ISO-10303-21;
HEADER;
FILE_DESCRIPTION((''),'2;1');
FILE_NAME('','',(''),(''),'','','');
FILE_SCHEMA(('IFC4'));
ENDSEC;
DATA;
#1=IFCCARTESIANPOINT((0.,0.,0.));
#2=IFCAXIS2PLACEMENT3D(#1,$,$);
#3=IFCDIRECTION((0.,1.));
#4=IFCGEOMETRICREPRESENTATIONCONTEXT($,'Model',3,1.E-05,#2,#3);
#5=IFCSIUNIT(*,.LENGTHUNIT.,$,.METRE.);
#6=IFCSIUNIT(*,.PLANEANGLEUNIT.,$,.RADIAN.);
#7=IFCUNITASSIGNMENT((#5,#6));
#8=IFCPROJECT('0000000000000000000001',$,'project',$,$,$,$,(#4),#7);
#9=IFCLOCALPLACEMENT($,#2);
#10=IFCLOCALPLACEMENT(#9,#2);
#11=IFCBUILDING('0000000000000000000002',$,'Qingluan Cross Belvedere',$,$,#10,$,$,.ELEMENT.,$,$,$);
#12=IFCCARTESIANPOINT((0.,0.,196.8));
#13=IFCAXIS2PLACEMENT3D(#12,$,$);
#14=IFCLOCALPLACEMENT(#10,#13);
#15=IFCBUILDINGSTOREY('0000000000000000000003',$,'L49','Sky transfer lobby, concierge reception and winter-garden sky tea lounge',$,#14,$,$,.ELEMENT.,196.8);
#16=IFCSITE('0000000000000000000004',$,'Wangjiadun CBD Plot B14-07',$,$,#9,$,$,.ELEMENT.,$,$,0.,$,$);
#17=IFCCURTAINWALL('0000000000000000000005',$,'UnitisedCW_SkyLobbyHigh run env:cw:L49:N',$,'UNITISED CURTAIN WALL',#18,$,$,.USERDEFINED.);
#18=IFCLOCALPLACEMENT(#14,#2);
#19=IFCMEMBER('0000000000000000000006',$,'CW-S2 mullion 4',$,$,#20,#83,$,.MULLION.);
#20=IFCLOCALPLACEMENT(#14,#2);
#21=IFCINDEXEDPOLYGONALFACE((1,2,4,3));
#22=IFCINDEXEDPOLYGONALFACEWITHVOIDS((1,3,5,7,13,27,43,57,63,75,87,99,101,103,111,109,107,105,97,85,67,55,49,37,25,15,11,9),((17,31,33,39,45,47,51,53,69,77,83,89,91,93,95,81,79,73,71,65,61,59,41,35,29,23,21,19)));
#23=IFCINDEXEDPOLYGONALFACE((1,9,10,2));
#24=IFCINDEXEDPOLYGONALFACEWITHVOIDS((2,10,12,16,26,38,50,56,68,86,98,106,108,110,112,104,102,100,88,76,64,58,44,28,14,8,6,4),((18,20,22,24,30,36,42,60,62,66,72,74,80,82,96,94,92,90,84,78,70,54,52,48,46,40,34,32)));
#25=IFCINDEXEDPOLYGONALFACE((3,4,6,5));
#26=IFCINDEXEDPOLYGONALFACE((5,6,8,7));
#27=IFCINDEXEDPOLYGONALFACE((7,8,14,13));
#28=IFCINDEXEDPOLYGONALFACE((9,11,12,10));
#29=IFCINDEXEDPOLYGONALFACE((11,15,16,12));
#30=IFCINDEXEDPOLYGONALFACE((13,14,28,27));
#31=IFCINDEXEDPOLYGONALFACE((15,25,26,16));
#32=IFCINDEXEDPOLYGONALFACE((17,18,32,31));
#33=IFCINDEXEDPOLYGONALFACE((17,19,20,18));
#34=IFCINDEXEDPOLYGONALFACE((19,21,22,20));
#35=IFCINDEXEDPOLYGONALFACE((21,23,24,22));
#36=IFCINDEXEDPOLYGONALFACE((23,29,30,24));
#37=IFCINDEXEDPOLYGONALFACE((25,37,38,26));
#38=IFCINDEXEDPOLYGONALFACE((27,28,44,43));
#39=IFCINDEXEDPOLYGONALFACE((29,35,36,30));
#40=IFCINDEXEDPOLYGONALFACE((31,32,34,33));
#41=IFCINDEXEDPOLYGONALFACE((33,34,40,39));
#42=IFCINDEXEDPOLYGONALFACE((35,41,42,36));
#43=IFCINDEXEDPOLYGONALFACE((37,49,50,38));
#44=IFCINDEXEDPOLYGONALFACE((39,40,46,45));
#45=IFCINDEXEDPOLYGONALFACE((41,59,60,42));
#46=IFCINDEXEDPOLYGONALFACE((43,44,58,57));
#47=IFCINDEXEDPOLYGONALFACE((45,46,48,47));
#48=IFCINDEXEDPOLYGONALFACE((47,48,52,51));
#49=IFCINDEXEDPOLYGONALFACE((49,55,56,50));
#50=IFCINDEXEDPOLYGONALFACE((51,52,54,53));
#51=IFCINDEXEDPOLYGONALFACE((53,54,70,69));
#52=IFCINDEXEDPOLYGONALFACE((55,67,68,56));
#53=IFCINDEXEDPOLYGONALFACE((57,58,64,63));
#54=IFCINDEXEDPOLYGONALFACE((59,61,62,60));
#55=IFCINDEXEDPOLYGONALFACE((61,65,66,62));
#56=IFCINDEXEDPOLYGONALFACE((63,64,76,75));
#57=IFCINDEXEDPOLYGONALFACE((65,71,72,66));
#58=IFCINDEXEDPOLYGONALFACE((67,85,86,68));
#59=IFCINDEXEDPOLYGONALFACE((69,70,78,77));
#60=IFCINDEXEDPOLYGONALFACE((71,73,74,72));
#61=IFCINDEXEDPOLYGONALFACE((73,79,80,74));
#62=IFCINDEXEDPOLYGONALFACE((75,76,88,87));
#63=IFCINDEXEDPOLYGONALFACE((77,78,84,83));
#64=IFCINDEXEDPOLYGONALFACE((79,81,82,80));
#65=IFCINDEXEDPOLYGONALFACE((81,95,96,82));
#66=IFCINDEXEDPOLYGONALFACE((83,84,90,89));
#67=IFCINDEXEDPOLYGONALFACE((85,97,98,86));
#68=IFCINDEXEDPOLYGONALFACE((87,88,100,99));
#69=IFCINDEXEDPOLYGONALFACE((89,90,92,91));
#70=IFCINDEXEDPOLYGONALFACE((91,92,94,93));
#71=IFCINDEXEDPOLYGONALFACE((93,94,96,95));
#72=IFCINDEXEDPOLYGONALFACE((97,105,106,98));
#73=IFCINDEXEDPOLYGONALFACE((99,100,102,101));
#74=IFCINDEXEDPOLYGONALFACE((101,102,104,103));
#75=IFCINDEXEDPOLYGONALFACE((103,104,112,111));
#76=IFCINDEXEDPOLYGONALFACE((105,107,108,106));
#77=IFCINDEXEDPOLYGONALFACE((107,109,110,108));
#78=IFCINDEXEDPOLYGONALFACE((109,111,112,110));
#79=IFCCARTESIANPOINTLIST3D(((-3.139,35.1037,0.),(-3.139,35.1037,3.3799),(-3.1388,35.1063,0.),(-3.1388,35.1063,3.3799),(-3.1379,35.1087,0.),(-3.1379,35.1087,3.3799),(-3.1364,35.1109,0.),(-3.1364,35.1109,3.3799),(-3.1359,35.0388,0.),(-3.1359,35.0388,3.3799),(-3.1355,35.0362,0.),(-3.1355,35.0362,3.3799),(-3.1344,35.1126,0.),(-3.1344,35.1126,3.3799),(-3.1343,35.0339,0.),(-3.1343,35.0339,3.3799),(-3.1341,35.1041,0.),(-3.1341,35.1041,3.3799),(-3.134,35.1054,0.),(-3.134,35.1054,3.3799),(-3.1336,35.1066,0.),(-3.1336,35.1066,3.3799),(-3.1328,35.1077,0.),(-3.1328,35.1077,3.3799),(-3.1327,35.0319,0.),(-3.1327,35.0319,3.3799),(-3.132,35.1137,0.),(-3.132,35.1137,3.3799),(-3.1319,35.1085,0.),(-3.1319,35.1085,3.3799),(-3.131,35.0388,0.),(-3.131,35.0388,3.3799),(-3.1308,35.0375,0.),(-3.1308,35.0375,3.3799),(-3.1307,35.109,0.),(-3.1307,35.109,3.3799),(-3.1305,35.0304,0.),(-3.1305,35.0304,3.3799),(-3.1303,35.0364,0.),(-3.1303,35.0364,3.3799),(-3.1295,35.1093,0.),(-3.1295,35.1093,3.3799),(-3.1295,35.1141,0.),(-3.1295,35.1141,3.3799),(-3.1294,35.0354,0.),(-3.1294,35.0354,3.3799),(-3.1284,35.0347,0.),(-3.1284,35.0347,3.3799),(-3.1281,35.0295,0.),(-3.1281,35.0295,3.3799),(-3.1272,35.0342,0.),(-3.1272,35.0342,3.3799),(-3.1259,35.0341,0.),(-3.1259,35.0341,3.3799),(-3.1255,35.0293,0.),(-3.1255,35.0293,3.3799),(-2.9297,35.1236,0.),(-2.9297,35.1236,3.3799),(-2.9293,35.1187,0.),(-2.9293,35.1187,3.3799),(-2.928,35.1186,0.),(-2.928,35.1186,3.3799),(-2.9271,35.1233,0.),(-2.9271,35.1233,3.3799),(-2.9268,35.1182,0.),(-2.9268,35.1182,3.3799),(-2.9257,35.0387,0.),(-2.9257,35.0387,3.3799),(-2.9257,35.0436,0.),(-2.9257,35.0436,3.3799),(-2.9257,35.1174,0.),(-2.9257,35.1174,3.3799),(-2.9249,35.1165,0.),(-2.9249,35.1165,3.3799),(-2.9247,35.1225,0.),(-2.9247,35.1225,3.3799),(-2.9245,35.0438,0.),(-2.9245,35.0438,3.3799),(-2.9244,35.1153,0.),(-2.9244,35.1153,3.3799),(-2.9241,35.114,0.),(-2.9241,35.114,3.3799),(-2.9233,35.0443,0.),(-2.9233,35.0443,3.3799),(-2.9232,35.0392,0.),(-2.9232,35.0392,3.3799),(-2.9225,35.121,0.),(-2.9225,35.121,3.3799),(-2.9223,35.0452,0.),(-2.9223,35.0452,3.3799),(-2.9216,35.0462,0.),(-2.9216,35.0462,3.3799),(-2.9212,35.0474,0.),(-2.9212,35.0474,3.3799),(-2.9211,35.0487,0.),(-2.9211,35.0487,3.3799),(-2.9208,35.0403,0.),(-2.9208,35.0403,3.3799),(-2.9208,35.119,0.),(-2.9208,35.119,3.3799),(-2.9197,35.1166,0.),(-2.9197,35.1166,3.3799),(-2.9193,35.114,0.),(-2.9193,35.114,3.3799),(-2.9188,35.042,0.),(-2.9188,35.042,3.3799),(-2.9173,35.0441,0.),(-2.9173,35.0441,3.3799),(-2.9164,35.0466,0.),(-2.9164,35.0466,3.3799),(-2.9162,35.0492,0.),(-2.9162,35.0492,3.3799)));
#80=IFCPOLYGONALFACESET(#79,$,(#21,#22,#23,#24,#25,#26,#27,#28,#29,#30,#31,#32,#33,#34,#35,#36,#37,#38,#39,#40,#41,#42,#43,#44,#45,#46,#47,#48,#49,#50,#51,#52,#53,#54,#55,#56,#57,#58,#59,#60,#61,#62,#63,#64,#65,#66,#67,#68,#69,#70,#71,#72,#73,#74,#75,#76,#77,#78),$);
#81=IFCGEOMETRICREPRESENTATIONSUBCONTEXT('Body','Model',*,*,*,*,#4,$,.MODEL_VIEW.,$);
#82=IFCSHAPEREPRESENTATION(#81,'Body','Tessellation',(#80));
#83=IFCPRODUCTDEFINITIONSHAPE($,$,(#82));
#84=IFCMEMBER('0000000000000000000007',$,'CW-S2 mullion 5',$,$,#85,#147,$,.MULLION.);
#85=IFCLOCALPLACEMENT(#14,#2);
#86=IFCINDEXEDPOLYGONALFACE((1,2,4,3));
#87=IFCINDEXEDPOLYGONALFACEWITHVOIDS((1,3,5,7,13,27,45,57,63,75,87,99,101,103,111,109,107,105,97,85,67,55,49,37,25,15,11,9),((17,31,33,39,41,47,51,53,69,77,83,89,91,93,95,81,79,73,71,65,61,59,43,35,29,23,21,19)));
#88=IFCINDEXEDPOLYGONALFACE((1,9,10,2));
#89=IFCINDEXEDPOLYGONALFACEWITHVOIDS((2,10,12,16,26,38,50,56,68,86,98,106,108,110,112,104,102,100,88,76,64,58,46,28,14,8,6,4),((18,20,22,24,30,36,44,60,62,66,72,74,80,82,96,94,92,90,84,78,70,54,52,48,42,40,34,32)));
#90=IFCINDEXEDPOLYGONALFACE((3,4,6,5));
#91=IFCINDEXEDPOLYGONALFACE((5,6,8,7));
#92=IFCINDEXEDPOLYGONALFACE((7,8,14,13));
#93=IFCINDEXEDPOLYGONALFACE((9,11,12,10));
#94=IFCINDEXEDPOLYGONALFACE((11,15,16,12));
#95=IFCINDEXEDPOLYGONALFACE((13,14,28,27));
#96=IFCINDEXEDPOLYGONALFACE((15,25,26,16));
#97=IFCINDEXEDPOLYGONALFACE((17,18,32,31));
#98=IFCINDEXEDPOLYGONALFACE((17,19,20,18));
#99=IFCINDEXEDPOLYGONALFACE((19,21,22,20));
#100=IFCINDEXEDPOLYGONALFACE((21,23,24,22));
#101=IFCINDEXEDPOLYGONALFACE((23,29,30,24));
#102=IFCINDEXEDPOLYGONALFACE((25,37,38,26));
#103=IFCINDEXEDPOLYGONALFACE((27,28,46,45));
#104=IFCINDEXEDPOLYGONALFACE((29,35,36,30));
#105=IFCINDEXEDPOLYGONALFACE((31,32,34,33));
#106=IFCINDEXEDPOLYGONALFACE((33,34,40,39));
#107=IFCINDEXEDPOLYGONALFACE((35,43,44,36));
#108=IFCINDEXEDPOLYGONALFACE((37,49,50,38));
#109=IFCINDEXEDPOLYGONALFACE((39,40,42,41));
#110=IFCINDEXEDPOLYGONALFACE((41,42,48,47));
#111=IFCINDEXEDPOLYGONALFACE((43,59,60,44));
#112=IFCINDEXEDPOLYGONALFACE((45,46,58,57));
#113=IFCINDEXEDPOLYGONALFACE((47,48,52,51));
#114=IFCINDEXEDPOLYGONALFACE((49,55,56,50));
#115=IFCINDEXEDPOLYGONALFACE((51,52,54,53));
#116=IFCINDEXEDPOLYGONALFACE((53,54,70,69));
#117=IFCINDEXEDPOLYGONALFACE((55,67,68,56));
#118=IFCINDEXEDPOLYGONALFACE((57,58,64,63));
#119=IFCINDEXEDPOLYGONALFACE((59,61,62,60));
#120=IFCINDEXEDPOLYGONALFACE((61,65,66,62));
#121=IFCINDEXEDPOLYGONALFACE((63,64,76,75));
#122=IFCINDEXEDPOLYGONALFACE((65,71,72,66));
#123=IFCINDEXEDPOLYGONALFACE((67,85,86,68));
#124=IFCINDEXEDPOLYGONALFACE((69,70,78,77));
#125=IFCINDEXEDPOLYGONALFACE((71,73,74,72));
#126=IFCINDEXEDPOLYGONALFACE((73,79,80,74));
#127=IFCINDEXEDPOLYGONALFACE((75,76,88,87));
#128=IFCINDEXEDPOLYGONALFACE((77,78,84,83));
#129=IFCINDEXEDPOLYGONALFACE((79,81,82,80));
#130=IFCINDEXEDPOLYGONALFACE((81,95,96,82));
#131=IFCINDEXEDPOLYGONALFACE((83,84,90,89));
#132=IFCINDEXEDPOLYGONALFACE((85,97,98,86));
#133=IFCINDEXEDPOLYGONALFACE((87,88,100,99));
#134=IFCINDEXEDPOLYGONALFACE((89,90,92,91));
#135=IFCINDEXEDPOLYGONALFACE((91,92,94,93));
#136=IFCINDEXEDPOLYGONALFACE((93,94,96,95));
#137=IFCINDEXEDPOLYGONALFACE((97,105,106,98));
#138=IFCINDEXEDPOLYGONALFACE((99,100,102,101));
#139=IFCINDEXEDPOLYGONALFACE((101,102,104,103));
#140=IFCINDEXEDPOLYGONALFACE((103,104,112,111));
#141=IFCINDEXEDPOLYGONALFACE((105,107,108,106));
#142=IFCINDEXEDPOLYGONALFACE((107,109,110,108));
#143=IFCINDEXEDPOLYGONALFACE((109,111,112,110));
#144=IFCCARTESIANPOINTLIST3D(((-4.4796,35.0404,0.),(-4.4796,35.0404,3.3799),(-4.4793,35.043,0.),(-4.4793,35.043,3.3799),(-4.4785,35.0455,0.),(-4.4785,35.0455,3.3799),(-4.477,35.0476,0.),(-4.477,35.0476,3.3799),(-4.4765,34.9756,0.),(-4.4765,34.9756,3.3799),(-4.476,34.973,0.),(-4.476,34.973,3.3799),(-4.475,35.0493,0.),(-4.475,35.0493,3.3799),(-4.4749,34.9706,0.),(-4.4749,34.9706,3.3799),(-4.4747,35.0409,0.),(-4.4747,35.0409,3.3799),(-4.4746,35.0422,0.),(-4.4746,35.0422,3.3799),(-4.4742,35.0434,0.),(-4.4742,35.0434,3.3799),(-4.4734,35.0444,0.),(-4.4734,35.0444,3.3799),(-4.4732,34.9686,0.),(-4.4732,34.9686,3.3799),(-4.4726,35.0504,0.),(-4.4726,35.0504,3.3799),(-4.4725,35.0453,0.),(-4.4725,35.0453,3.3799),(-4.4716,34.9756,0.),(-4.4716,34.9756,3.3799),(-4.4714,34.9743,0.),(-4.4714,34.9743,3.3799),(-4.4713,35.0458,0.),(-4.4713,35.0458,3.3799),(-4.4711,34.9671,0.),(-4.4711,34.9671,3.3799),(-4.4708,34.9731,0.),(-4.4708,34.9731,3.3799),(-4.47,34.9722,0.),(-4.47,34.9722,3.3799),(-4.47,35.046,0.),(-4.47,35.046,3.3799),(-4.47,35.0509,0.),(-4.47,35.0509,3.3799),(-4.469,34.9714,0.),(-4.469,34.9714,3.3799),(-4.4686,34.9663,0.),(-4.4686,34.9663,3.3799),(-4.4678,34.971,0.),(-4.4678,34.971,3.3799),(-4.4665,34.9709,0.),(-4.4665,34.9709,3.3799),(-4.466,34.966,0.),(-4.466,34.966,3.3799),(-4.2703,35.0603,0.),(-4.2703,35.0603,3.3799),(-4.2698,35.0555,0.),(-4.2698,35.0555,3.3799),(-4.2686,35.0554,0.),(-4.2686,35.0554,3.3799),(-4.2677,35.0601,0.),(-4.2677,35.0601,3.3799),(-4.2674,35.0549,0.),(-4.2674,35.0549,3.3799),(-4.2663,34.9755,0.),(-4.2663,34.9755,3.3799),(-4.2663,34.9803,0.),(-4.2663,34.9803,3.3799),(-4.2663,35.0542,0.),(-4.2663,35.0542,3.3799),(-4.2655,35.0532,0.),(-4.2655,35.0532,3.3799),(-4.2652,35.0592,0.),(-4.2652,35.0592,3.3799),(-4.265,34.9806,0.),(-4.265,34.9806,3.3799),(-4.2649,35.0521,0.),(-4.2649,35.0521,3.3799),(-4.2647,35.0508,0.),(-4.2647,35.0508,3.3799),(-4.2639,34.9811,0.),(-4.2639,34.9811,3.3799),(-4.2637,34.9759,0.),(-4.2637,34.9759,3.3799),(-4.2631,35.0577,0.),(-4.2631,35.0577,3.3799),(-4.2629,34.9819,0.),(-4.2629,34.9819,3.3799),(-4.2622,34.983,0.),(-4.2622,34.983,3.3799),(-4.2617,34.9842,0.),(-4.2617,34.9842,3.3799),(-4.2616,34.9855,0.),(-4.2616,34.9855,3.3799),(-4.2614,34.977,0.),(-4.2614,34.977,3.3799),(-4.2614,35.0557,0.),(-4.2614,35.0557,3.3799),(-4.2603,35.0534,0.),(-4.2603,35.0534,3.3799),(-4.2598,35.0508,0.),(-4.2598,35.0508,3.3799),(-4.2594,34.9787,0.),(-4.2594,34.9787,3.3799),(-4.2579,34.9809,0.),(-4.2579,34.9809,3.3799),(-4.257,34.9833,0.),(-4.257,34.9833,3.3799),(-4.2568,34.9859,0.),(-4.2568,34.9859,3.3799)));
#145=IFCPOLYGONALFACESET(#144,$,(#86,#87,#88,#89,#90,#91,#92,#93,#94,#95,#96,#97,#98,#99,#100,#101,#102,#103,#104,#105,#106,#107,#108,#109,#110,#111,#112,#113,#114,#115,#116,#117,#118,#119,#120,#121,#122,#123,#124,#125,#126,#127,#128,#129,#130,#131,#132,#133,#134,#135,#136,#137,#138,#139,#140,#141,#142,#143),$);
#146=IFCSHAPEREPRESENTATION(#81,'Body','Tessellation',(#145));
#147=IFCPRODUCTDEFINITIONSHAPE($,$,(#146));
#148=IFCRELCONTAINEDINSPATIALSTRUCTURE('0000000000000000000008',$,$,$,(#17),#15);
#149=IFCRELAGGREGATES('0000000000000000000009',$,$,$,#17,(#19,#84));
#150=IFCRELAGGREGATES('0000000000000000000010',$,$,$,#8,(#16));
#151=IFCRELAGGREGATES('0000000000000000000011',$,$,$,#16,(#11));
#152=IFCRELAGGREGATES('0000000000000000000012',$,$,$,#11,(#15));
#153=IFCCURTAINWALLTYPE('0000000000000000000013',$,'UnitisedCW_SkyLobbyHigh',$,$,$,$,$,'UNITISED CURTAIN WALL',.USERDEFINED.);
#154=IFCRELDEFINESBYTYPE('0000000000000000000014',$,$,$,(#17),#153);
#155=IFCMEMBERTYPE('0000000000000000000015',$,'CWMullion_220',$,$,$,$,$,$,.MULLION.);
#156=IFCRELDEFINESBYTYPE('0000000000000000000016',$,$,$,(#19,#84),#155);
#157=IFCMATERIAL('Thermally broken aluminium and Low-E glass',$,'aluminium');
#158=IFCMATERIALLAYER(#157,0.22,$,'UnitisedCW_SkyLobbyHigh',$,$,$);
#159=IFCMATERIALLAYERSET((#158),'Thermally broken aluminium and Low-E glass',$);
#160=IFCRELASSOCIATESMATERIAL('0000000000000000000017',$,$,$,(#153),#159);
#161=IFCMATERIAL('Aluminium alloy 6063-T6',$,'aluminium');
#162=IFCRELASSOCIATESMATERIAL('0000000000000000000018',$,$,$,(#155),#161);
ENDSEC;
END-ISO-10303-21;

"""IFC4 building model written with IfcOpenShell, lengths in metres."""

from ifc_helpers import new_model, si_unit, direction, frame, origin, origin_2d, place, context, subcontext, project, spatial, hollow_rectangle, extrude, material, layer, layer_set, material_profile, profile_set, type_object, element, aggregate, save


model = new_model("IFC4")

# Units and contexts
model_context = context("Model", 3, precision=1e-05, world=origin(), true_north=direction((0.0, 1.0)))
body_context = subcontext(model_context, "Body", "Model", "MODEL_VIEW")
ifc_project = project(units=[si_unit("LENGTHUNIT", "METRE"), si_unit("PLANEANGLEUNIT", "RADIAN")], contexts=[model_context])

# Site, building, storey
site_placement = place(None, origin())
site = spatial("IfcSite", under=ifc_project, at=site_placement, Name="Wangjiadun CBD Plot B14-07", CompositionType="ELEMENT", RefElevation=0.0)
building_placement = place(site_placement, origin())
building = spatial("IfcBuilding", under=site, at=building_placement, Name="Qingluan Cross Belvedere", CompositionType="ELEMENT")
storey_placement = place(building_placement, frame((0.0, 0.0, 196.8)))
storey = spatial("IfcBuildingStorey", under=building, at=storey_placement, Name="L49", Description="Sky transfer lobby, concierge reception and winter-garden sky tea lounge", CompositionType="ELEMENT", Elevation=196.8)

# Curtain wall, members
ifc_material_1 = material(Name="Thermally broken aluminium and Low-E glass", Category="aluminium")
ifc_layer_1 = layer(ifc_material_1, 0.22, Name="UnitisedCW_SkyLobbyHigh")
ifc_layer_set_1 = layer_set([ifc_layer_1], Name="Thermally broken aluminium and Low-E glass")
curtain_wall_type = type_object("IfcCurtainWallType", Name="UnitisedCW_SkyLobbyHigh", ElementType="UNITISED CURTAIN WALL", PredefinedType="USERDEFINED", material=ifc_layer_set_1)
curtain_wall_placement = place(storey_placement, origin())
curtain_wall = element("IfcCurtainWall", 1, at=curtain_wall_placement, inside=storey, type_object=curtain_wall_type, Name="UnitisedCW_SkyLobbyHigh run env:cw:L49:N", ObjectType="UNITISED CURTAIN WALL", PredefinedType="USERDEFINED")
ifc_material_2 = material(Name="Aluminium alloy 6063-T6", Category="aluminium")
ifc_material_profile_1 = material_profile(ifc_material_2, hollow_rectangle(XDim=0.085, YDim=0.22, WallThickness=0.0049, InnerFilletRadius=0.0049, OuterFilletRadius=0.01, at=origin_2d()), Name="CWM220x85x5")
ifc_profile_set_1 = profile_set([ifc_material_profile_1], Name="Aluminium alloy 6063-T6")
member_type_1 = type_object("IfcMemberType", Name="CWMullion_220", PredefinedType="MULLION", material=ifc_profile_set_1)
member_1_placement = place(storey_placement, frame((-3.0276, 35.0764, 0.0), z_axis=(0.0, 0.0, 1.0), x_axis=(0.047102, -0.99889, 0.0)))
member_1 = element("IfcMember", 2, at=member_1_placement, type_object=member_type_1, Name="CW-S2 mullion 4", PredefinedType="MULLION", context=body_context, shape_type="SweptSolid", body=[
    extrude(hollow_rectangle(XDim=0.085, YDim=0.22, WallThickness=0.0049, InnerFilletRadius=0.0049, OuterFilletRadius=0.01, at=origin_2d()), origin(), (0.0, 0.0, 1.0), 3.3799),
])
member_2_placement = place(storey_placement, frame((-4.3682, 35.0132, 0.0), z_axis=(0.0, 0.0, 1.0), x_axis=(0.047102, -0.99889, 0.0)))
member_2 = element("IfcMember", 3, at=member_2_placement, type_object=member_type_1, Name="CW-S2 mullion 5", PredefinedType="MULLION", context=body_context, shape_type="SweptSolid", body=[
    extrude(hollow_rectangle(XDim=0.085, YDim=0.22, WallThickness=0.0049, InnerFilletRadius=0.0049, OuterFilletRadius=0.01, at=origin_2d()), origin(), (0.0, 0.0, 1.0), 3.3799),
])
aggregate(curtain_wall, [member_1, member_2])

save(model, "model.ifc")
